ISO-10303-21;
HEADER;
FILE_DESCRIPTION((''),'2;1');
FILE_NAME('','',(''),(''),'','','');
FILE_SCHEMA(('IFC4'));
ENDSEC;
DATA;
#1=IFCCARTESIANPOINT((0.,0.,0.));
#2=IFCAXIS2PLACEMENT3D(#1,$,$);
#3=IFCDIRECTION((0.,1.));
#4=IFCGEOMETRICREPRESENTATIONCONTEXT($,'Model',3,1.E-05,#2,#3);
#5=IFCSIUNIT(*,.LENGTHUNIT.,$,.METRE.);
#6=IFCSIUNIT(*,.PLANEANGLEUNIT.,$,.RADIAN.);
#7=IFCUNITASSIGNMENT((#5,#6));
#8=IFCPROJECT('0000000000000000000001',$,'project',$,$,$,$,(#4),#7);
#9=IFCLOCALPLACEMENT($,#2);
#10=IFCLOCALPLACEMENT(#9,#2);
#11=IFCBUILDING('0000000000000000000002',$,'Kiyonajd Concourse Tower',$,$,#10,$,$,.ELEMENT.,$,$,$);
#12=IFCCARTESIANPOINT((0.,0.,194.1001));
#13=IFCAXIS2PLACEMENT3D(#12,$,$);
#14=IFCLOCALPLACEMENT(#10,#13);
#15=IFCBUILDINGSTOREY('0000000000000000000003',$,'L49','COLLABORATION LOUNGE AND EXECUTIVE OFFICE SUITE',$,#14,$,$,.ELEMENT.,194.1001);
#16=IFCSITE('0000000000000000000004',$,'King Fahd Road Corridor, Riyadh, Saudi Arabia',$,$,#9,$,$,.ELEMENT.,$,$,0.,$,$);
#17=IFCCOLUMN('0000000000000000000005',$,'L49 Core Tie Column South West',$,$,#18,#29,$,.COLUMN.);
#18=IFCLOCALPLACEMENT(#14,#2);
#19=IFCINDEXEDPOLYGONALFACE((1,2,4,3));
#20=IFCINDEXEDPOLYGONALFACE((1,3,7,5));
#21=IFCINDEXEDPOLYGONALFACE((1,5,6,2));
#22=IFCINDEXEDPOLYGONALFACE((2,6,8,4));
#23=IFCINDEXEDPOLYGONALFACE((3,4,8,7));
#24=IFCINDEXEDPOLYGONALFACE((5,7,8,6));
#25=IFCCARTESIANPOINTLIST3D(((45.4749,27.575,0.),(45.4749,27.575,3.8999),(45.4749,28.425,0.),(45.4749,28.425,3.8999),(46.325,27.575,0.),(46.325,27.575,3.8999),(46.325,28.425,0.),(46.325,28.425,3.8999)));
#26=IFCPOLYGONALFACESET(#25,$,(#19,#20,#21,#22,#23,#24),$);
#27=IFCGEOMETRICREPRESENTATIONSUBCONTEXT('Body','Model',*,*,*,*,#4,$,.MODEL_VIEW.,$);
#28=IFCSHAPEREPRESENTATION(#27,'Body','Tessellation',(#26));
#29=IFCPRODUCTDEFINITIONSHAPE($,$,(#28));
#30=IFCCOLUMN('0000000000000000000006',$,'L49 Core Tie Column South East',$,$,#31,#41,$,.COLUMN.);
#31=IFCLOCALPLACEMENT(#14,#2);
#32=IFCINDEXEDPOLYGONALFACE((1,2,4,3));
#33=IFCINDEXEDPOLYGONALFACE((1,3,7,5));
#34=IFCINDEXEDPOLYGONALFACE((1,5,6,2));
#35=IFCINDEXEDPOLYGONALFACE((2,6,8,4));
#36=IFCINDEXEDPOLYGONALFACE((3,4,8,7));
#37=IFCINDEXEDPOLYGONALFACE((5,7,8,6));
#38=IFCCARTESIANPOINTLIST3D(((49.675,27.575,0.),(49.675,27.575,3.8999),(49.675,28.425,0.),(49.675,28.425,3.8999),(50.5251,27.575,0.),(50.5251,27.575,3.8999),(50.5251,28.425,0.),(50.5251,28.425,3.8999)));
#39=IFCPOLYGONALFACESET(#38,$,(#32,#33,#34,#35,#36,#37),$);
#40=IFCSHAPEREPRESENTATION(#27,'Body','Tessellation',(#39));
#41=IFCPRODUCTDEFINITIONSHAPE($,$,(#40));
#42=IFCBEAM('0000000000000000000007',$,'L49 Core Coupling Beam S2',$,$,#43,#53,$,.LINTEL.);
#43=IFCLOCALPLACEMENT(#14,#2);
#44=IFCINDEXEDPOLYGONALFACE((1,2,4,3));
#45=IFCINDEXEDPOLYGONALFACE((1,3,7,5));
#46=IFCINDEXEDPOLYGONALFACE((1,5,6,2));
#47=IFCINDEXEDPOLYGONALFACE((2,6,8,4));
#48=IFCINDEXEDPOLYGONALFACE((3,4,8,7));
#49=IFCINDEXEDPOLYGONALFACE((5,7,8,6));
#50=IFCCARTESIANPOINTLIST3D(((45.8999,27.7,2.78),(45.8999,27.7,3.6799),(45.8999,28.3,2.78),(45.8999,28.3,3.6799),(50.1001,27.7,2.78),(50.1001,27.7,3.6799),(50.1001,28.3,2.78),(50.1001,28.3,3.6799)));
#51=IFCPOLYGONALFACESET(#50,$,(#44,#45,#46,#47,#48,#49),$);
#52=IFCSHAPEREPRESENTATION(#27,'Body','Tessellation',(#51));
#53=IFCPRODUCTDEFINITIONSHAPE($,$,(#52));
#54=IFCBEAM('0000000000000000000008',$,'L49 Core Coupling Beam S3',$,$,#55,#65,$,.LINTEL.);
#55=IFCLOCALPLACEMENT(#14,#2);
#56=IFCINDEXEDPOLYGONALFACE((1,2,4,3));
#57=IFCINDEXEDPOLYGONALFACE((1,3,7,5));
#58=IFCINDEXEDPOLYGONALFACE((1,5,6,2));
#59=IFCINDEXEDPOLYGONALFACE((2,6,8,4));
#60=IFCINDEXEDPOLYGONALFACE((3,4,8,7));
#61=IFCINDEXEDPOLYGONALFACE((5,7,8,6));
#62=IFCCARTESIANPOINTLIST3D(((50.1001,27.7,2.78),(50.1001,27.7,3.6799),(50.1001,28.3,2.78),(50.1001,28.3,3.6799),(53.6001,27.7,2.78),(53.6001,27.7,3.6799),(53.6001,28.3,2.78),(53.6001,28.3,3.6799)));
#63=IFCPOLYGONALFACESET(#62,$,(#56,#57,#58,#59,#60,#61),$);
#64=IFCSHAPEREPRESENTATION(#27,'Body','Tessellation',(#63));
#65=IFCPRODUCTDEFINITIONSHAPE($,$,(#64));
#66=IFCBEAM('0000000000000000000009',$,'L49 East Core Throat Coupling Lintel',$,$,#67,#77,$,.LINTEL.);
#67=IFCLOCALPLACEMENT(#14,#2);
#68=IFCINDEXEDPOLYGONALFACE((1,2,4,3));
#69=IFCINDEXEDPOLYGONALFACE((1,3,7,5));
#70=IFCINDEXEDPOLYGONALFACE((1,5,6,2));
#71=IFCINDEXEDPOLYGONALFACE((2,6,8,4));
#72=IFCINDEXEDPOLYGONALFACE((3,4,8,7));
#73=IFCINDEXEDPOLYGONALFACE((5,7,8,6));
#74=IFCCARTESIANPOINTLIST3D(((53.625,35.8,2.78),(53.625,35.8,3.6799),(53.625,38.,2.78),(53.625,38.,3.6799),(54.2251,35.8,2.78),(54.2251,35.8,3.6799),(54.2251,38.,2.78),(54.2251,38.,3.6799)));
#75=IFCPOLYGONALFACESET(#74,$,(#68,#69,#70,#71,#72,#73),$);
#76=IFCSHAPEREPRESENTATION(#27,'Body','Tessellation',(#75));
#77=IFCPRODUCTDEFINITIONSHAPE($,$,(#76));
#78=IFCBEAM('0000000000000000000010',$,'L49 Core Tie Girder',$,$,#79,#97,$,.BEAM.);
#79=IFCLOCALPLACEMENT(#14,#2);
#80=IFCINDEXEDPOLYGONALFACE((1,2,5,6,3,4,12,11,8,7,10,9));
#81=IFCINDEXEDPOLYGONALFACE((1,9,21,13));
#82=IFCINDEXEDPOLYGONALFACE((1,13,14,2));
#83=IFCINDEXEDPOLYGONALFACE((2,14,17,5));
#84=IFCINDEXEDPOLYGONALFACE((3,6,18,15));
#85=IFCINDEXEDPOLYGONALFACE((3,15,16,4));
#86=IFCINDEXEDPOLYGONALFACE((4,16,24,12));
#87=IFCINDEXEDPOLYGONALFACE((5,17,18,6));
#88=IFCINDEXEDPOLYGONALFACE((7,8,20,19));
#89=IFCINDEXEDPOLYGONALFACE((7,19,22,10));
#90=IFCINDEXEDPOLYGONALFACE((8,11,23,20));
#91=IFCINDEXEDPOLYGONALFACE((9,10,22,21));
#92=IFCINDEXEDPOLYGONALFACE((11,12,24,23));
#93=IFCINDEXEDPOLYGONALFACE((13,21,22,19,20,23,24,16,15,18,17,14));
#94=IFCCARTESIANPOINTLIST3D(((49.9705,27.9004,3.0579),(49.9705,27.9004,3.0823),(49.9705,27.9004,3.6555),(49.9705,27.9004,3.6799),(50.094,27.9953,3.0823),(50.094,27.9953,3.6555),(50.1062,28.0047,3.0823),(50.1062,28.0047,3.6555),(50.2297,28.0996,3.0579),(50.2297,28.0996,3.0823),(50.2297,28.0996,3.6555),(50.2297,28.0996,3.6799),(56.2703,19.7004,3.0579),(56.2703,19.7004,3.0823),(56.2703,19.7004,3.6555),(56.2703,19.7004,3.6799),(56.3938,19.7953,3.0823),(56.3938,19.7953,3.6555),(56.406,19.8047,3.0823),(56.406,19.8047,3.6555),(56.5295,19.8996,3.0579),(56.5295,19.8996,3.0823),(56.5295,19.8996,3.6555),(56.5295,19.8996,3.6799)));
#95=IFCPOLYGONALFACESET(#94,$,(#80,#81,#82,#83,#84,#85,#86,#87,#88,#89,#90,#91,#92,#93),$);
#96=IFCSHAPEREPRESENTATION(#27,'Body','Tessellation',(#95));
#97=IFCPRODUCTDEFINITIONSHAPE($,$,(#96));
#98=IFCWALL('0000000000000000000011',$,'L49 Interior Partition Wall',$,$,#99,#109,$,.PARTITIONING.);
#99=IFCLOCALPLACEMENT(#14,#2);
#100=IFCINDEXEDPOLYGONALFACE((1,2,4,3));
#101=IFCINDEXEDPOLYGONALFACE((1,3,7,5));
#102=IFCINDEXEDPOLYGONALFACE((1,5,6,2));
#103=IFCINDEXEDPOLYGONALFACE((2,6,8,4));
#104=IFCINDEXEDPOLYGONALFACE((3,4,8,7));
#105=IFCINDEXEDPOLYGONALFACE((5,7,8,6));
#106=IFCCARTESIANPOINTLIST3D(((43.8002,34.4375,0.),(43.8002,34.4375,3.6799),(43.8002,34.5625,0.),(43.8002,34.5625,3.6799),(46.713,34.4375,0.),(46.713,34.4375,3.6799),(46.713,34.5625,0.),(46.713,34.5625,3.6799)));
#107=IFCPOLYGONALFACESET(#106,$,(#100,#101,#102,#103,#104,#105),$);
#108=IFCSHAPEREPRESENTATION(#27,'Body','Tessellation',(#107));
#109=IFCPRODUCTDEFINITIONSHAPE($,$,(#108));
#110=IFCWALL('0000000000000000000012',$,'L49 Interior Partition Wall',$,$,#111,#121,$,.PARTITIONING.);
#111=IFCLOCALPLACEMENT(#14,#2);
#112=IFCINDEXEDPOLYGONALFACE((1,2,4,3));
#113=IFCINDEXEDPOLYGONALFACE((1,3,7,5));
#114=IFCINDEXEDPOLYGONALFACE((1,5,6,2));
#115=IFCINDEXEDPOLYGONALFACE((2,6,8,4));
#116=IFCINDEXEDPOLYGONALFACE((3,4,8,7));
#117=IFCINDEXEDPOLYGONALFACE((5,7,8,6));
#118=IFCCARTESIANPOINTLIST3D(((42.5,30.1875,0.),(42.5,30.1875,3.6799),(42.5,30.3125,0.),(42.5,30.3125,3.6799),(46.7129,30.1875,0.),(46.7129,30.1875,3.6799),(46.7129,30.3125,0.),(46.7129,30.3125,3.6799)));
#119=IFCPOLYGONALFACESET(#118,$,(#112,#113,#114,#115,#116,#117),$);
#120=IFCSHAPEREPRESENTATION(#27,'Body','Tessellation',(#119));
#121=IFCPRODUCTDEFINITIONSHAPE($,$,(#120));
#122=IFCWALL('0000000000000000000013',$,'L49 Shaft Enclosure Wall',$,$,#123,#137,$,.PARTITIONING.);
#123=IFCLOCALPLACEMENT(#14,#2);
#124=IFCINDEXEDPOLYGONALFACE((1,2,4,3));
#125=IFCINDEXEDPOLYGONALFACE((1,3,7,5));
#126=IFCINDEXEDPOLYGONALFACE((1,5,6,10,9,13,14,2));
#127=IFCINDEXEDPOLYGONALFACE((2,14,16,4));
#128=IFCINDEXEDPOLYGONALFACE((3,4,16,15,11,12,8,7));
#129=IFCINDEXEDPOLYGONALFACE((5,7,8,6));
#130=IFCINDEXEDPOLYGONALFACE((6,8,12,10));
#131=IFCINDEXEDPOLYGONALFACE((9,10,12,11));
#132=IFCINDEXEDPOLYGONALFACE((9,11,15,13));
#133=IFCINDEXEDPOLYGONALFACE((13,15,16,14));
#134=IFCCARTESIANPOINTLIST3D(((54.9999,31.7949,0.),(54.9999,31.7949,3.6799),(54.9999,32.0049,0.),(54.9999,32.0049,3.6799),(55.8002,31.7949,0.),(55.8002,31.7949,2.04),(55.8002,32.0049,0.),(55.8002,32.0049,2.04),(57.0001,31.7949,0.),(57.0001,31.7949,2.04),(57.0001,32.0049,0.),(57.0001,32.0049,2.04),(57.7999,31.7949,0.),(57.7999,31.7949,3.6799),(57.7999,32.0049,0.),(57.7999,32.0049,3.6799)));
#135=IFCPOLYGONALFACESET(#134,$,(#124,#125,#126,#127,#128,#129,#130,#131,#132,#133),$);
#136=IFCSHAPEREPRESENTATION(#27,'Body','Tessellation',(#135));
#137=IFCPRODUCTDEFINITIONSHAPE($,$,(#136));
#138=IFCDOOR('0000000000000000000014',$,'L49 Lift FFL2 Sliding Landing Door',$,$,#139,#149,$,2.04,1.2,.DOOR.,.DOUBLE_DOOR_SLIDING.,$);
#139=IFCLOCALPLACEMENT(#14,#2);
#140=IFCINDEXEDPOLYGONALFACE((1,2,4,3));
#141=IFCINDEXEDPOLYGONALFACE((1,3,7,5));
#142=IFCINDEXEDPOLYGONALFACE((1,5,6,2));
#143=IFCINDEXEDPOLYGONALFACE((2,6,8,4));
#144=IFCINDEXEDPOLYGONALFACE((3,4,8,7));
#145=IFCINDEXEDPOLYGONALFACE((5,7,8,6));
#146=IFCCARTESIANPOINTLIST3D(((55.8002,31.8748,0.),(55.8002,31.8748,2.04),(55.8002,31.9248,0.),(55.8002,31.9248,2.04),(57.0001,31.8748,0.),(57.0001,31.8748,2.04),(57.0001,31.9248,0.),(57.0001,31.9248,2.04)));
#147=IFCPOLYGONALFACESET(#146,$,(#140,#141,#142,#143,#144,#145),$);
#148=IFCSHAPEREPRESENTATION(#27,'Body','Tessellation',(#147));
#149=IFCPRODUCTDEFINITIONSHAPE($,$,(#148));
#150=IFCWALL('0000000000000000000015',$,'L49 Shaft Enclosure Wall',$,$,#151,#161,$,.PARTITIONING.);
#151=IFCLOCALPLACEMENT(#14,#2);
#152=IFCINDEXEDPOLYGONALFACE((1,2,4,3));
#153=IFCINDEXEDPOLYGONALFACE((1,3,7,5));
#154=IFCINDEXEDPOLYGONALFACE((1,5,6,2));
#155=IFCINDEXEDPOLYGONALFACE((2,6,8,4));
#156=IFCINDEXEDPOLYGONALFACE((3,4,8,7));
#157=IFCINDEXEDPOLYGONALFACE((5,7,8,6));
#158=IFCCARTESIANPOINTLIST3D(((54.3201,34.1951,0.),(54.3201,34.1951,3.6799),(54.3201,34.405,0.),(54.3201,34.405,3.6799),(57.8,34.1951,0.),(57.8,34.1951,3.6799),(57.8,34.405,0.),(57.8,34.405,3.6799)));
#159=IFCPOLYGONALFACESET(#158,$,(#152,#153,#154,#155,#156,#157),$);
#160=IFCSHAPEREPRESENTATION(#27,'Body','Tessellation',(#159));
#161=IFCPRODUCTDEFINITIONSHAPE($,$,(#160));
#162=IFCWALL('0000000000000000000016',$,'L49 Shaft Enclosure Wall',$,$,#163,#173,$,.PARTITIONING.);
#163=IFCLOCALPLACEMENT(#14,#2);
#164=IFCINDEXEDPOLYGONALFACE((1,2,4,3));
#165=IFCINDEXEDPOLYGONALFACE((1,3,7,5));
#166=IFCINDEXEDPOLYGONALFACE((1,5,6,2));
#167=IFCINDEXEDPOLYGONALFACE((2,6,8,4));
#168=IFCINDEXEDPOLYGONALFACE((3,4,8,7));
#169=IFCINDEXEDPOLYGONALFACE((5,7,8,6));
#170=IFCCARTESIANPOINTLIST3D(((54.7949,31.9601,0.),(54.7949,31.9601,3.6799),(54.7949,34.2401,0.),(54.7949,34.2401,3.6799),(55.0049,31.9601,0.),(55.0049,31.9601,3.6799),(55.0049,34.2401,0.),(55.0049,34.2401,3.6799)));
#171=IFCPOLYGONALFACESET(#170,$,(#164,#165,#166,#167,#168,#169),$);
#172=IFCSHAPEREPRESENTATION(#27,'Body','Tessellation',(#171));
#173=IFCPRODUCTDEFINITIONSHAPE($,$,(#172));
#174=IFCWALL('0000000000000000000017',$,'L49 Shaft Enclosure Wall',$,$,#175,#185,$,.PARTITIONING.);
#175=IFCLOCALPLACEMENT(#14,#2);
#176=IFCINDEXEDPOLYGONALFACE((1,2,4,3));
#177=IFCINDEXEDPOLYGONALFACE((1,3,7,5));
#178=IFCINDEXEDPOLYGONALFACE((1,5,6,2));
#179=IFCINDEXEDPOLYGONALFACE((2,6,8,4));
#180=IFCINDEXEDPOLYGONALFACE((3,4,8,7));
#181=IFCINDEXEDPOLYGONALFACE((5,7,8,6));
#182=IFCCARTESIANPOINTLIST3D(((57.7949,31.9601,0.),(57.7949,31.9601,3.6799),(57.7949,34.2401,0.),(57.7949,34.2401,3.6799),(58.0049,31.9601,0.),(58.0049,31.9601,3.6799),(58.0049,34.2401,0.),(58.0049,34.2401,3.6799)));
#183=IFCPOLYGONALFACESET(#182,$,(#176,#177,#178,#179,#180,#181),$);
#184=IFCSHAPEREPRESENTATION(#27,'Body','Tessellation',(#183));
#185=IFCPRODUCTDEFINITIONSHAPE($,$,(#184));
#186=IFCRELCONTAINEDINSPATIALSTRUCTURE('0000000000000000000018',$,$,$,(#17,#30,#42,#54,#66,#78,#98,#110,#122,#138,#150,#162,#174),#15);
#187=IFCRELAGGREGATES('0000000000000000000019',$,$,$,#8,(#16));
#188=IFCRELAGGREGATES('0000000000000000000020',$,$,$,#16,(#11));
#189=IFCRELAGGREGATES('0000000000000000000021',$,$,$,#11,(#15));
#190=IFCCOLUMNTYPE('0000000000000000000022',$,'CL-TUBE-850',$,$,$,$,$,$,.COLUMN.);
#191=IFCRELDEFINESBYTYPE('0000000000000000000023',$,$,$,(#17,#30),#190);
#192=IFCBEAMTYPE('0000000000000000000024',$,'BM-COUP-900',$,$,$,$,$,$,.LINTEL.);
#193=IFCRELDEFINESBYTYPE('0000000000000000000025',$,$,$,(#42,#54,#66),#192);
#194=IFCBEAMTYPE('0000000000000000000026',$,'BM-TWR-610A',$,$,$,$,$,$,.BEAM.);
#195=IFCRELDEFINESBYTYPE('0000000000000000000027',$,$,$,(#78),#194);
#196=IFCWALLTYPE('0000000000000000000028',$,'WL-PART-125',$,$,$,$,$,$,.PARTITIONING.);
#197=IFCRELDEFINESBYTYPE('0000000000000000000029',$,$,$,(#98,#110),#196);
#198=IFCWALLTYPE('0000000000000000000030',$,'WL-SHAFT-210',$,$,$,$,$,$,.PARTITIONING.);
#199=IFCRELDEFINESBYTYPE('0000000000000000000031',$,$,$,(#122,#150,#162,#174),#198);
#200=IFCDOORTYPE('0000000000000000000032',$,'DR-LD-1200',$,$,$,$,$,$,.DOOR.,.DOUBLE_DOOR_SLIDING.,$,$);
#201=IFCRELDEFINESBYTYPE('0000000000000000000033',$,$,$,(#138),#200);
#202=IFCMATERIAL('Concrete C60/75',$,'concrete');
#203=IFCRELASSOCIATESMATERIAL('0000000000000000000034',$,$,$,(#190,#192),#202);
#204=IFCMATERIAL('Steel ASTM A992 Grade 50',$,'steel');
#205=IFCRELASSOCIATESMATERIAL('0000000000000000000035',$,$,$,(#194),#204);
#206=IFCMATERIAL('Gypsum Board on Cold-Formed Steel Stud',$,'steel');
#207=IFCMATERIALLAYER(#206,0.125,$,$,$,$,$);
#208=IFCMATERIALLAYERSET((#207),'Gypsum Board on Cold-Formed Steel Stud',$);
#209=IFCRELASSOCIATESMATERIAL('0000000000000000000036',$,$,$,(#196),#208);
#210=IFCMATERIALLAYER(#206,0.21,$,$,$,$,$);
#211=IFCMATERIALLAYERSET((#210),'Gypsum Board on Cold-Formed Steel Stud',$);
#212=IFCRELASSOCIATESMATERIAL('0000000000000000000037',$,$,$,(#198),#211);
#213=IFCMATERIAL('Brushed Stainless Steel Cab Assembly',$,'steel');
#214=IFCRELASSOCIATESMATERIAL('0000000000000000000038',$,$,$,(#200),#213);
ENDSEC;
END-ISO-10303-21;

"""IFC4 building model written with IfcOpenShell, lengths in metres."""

from ifc_helpers import new_model, si_unit, direction, frame, frame_2d, origin, origin_2d, place, context, subcontext, project, spatial, rectangle, i_section, extrude, material, layer, layer_set, material_profile, profile_set, type_object, element, fill, save


model = new_model("IFC4")

# Units and contexts
model_context = context("Model", 3, precision=1e-05, world=origin(), true_north=direction((0.0, 1.0)))
body_context = subcontext(model_context, "Body", "Model", "MODEL_VIEW")
ifc_project = project(units=[si_unit("LENGTHUNIT", "METRE"), si_unit("PLANEANGLEUNIT", "RADIAN")], contexts=[model_context])

# Site, building, storey
site_placement = place(None, origin())
site = spatial("IfcSite", under=ifc_project, at=site_placement, Name="King Fahd Road Corridor, Riyadh, Saudi Arabia", CompositionType="ELEMENT", RefElevation=0.0)
building_placement = place(site_placement, origin())
building = spatial("IfcBuilding", under=site, at=building_placement, Name="Kiyonajd Concourse Tower", CompositionType="ELEMENT")
storey_placement = place(building_placement, frame((0.0, 0.0, 194.1001)))
storey = spatial("IfcBuildingStorey", under=building, at=storey_placement, Name="L49", Description="COLLABORATION LOUNGE AND EXECUTIVE OFFICE SUITE", CompositionType="ELEMENT", Elevation=194.1001)

# Columns
ifc_material_1 = material(Name="Concrete C60/75", Category="concrete")
ifc_material_profile_1 = material_profile(ifc_material_1, rectangle(XDim=0.8501, YDim=0.8501, at=origin_2d()), Name="RC-850x850")
ifc_profile_set_1 = profile_set([ifc_material_profile_1], Name="Concrete C60/75")
column_type = type_object("IfcColumnType", Name="CL-TUBE-850", PredefinedType="COLUMN", material=ifc_profile_set_1)
for number, where, z_axis, x_axis, name in (
    (1, (45.8999, 28.0, 0.0), (0.0, 0.0, 1.0), (1.0, 0.0, 0.0), "L49 Core Tie Column South West"),
    (2, (50.1001, 28.0, 0.0), (0.0, 0.0, 1.0), (1.0, 0.0, 0.0), "L49 Core Tie Column South East"),
):
    element("IfcColumn", number, at=place(storey_placement, frame(where, z_axis=z_axis, x_axis=x_axis)), inside=storey, type_object=column_type, Name=name, PredefinedType="COLUMN", context=body_context, shape_type="SweptSolid", body=[
        extrude(rectangle(XDim=0.8501, YDim=0.8501, at=origin_2d()), origin(), (0.0, 0.0, 1.0), 3.8999),
    ])

# Beams
ifc_material_profile_2 = material_profile(ifc_material_1, rectangle(XDim=0.6001, YDim=0.8999, at=origin_2d()), Name="RCBM-600x900")
ifc_profile_set_2 = profile_set([ifc_material_profile_2], Name="Concrete C60/75")
beam_type_1 = type_object("IfcBeamType", Name="BM-COUP-900", PredefinedType="LINTEL", material=ifc_profile_set_2)
beam_1_placement = place(storey_placement, frame((45.8999, 28.0, 3.23), z_axis=(1.0, 0.0, 0.0), x_axis=(0.0, 1.0, 0.0)))
element("IfcBeam", 3, at=beam_1_placement, inside=storey, type_object=beam_type_1, Name="L49 Core Coupling Beam S2", PredefinedType="LINTEL", context=body_context, shape_type="SweptSolid", body=[
    extrude(rectangle(XDim=0.6001, YDim=0.8999, at=origin_2d()), origin(), (0.0, 0.0, 1.0), 4.2002),
])
beam_2_placement = place(storey_placement, frame((50.1001, 28.0, 3.23), z_axis=(1.0, 0.0, 0.0), x_axis=(0.0, 1.0, 0.0)))
element("IfcBeam", 4, at=beam_2_placement, inside=storey, type_object=beam_type_1, Name="L49 Core Coupling Beam S3", PredefinedType="LINTEL", context=body_context, shape_type="SweptSolid", body=[
    extrude(rectangle(XDim=0.6001, YDim=0.8999, at=origin_2d()), origin(), (0.0, 0.0, 1.0), 3.5),
])
beam_3_placement = place(storey_placement, frame((53.925, 35.8, 3.23), z_axis=(0.0, 1.0, 0.0), x_axis=(-1.0, 0.0, 0.0)))
element("IfcBeam", 5, at=beam_3_placement, inside=storey, type_object=beam_type_1, Name="L49 East Core Throat Coupling Lintel", PredefinedType="LINTEL", context=body_context, shape_type="SweptSolid", body=[
    extrude(rectangle(XDim=0.6001, YDim=0.8999, at=origin_2d()), origin(), (0.0, 0.0, 1.0), 2.2),
])
ifc_material_2 = material(Name="Steel ASTM A992 Grade 50", Category="steel")
ifc_material_profile_3 = material_profile(ifc_material_2, i_section(OverallWidth=0.3269, OverallDepth=0.6221, WebThickness=0.0154, FlangeThickness=0.0244, at=origin_2d()), Name="W610X195")
ifc_profile_set_3 = profile_set([ifc_material_profile_3], Name="Steel ASTM A992 Grade 50")
beam_type_2 = type_object("IfcBeamType", Name="BM-TWR-610A", PredefinedType="BEAM", material=ifc_profile_set_3)
beam_4_placement = place(storey_placement, frame((50.1001, 28.0, 3.3689), z_axis=(0.609234, -0.792991, 0.0), x_axis=(0.792991, 0.609234, 0.0)))
element("IfcBeam", 6, at=beam_4_placement, inside=storey, type_object=beam_type_2, Name="L49 Core Tie Girder", PredefinedType="BEAM", context=body_context, shape_type="SweptSolid", body=[
    extrude(i_section(OverallWidth=0.3269, OverallDepth=0.6221, WebThickness=0.0154, FlangeThickness=0.0244, at=origin_2d()), origin(), (0.0, 0.0, 1.0), 10.3406),
])

# Walls
ifc_material_3 = material(Name="Gypsum Board on Cold-Formed Steel Stud", Category="steel")
ifc_layer_1 = layer(ifc_material_3, 0.125)
ifc_layer_set_1 = layer_set([ifc_layer_1], Name="Gypsum Board on Cold-Formed Steel Stud")
wall_type_1 = type_object("IfcWallType", Name="WL-PART-125", PredefinedType="PARTITIONING", material=ifc_layer_set_1)
wall_1_placement = place(storey_placement, frame((43.8, 34.5, 0.0), z_axis=(0.0, 0.0, 1.0), x_axis=(1.0, 0.0, 0.0)))
element("IfcWall", 7, at=wall_1_placement, inside=storey, type_object=wall_type_1, Name="L49 Interior Partition Wall", PredefinedType="PARTITIONING", context=body_context, shape_type="SweptSolid", body=[
    extrude(rectangle(XDim=2.9128, YDim=0.125, at=frame_2d((1.4565, 0.0))), origin(), (0.0, 0.0, 1.0), 3.6799),
])
wall_2_placement = place(storey_placement, frame((42.5, 30.25, 0.0), z_axis=(0.0, 0.0, 1.0), x_axis=(1.0, 0.0, 0.0)))
element("IfcWall", 8, at=wall_2_placement, inside=storey, type_object=wall_type_1, Name="L49 Interior Partition Wall", PredefinedType="PARTITIONING", context=body_context, shape_type="SweptSolid", body=[
    extrude(rectangle(XDim=4.2129, YDim=0.125, at=frame_2d((2.1064, 0.0))), origin(), (0.0, 0.0, 1.0), 3.6799),
])

# Wall, opening, door
ifc_layer_2 = layer(ifc_material_3, 0.21)
ifc_layer_set_2 = layer_set([ifc_layer_2], Name="Gypsum Board on Cold-Formed Steel Stud")
wall_type_2 = type_object("IfcWallType", Name="WL-SHAFT-210", PredefinedType="PARTITIONING", material=ifc_layer_set_2)
wall_3_placement = place(storey_placement, frame((55.0, 31.8999, 0.0), z_axis=(0.0, 0.0, 1.0), x_axis=(1.0, 0.0, 0.0)))
wall_3 = element("IfcWall", 9, at=wall_3_placement, inside=storey, type_object=wall_type_2, Name="L49 Shaft Enclosure Wall", PredefinedType="PARTITIONING", context=body_context, shape_type="SweptSolid", body=[
    extrude(rectangle(XDim=2.8, YDim=0.21, at=frame_2d((1.3999, 0.0))), origin(), (0.0, 0.0, 1.0), 3.6799),
])
opening_1_placement = place(wall_3_placement, frame((0.8, 0.0, 0.0)))
opening_1 = element("IfcOpeningElement", 10, at=opening_1_placement, cuts=wall_3, PredefinedType="OPENING", context=body_context, shape_type="SweptSolid", body=[
    extrude(rectangle(XDim=1.2, YDim=2.04, at=frame_2d((0.6001, 1.02))), frame((0.0, 0.115, 0.0), z_axis=(0.0, -1.0, 0.0), x_axis=(1.0, 0.0, 0.0)), (0.0, 0.0, 1.0), 0.23),
])
ifc_material_4 = material(Name="Brushed Stainless Steel Cab Assembly", Category="steel")
door_type_1 = type_object("IfcDoorType", Name="DR-LD-1200", OperationType="DOUBLE_DOOR_SLIDING", PredefinedType="DOOR", material=ifc_material_4)
door_1_placement = place(opening_1_placement, origin())
door_1 = element("IfcDoor", 11, at=door_1_placement, inside=storey, type_object=door_type_1, Name="L49 Lift FFL2 Sliding Landing Door", OperationType="DOUBLE_DOOR_SLIDING", OverallHeight=2.04, OverallWidth=1.2, PredefinedType="DOOR", context=body_context, shape_type="SweptSolid", body=[
    extrude(rectangle(XDim=1.2, YDim=2.04, at=frame_2d((0.6001, 1.02))), frame((0.0, 0.0249, 0.0), z_axis=(0.0, -1.0, 0.0), x_axis=(1.0, 0.0, 0.0)), (0.0, 0.0, 1.0), 0.05),
])
fill(opening_1, door_1)

# Walls
wall_4_placement = place(storey_placement, frame((54.3201, 34.3, 0.0), z_axis=(0.0, 0.0, 1.0), x_axis=(1.0, 0.0, 0.0)))
element("IfcWall", 12, at=wall_4_placement, inside=storey, type_object=wall_type_2, Name="L49 Shaft Enclosure Wall", PredefinedType="PARTITIONING", context=body_context, shape_type="SweptSolid", body=[
    extrude(rectangle(XDim=3.48, YDim=0.21, at=frame_2d((1.74, 0.0))), origin(), (0.0, 0.0, 1.0), 3.6799),
])
for number, where, z_axis, x_axis, name in (
    (13, (54.8999, 31.96, 0.0), (0.0, 0.0, 1.0), (0.0, 1.0, 0.0), "L49 Shaft Enclosure Wall"),
    (14, (57.8999, 31.96, 0.0), (0.0, 0.0, 1.0), (0.0, 1.0, 0.0), "L49 Shaft Enclosure Wall"),
):
    element("IfcWall", number, at=place(storey_placement, frame(where, z_axis=z_axis, x_axis=x_axis)), inside=storey, type_object=wall_type_2, Name=name, PredefinedType="PARTITIONING", context=body_context, shape_type="SweptSolid", body=[
        extrude(rectangle(XDim=2.28, YDim=0.21, at=frame_2d((1.1401, 0.0))), origin(), (0.0, 0.0, 1.0), 3.6799),
    ])

save(model, "model.ifc")
